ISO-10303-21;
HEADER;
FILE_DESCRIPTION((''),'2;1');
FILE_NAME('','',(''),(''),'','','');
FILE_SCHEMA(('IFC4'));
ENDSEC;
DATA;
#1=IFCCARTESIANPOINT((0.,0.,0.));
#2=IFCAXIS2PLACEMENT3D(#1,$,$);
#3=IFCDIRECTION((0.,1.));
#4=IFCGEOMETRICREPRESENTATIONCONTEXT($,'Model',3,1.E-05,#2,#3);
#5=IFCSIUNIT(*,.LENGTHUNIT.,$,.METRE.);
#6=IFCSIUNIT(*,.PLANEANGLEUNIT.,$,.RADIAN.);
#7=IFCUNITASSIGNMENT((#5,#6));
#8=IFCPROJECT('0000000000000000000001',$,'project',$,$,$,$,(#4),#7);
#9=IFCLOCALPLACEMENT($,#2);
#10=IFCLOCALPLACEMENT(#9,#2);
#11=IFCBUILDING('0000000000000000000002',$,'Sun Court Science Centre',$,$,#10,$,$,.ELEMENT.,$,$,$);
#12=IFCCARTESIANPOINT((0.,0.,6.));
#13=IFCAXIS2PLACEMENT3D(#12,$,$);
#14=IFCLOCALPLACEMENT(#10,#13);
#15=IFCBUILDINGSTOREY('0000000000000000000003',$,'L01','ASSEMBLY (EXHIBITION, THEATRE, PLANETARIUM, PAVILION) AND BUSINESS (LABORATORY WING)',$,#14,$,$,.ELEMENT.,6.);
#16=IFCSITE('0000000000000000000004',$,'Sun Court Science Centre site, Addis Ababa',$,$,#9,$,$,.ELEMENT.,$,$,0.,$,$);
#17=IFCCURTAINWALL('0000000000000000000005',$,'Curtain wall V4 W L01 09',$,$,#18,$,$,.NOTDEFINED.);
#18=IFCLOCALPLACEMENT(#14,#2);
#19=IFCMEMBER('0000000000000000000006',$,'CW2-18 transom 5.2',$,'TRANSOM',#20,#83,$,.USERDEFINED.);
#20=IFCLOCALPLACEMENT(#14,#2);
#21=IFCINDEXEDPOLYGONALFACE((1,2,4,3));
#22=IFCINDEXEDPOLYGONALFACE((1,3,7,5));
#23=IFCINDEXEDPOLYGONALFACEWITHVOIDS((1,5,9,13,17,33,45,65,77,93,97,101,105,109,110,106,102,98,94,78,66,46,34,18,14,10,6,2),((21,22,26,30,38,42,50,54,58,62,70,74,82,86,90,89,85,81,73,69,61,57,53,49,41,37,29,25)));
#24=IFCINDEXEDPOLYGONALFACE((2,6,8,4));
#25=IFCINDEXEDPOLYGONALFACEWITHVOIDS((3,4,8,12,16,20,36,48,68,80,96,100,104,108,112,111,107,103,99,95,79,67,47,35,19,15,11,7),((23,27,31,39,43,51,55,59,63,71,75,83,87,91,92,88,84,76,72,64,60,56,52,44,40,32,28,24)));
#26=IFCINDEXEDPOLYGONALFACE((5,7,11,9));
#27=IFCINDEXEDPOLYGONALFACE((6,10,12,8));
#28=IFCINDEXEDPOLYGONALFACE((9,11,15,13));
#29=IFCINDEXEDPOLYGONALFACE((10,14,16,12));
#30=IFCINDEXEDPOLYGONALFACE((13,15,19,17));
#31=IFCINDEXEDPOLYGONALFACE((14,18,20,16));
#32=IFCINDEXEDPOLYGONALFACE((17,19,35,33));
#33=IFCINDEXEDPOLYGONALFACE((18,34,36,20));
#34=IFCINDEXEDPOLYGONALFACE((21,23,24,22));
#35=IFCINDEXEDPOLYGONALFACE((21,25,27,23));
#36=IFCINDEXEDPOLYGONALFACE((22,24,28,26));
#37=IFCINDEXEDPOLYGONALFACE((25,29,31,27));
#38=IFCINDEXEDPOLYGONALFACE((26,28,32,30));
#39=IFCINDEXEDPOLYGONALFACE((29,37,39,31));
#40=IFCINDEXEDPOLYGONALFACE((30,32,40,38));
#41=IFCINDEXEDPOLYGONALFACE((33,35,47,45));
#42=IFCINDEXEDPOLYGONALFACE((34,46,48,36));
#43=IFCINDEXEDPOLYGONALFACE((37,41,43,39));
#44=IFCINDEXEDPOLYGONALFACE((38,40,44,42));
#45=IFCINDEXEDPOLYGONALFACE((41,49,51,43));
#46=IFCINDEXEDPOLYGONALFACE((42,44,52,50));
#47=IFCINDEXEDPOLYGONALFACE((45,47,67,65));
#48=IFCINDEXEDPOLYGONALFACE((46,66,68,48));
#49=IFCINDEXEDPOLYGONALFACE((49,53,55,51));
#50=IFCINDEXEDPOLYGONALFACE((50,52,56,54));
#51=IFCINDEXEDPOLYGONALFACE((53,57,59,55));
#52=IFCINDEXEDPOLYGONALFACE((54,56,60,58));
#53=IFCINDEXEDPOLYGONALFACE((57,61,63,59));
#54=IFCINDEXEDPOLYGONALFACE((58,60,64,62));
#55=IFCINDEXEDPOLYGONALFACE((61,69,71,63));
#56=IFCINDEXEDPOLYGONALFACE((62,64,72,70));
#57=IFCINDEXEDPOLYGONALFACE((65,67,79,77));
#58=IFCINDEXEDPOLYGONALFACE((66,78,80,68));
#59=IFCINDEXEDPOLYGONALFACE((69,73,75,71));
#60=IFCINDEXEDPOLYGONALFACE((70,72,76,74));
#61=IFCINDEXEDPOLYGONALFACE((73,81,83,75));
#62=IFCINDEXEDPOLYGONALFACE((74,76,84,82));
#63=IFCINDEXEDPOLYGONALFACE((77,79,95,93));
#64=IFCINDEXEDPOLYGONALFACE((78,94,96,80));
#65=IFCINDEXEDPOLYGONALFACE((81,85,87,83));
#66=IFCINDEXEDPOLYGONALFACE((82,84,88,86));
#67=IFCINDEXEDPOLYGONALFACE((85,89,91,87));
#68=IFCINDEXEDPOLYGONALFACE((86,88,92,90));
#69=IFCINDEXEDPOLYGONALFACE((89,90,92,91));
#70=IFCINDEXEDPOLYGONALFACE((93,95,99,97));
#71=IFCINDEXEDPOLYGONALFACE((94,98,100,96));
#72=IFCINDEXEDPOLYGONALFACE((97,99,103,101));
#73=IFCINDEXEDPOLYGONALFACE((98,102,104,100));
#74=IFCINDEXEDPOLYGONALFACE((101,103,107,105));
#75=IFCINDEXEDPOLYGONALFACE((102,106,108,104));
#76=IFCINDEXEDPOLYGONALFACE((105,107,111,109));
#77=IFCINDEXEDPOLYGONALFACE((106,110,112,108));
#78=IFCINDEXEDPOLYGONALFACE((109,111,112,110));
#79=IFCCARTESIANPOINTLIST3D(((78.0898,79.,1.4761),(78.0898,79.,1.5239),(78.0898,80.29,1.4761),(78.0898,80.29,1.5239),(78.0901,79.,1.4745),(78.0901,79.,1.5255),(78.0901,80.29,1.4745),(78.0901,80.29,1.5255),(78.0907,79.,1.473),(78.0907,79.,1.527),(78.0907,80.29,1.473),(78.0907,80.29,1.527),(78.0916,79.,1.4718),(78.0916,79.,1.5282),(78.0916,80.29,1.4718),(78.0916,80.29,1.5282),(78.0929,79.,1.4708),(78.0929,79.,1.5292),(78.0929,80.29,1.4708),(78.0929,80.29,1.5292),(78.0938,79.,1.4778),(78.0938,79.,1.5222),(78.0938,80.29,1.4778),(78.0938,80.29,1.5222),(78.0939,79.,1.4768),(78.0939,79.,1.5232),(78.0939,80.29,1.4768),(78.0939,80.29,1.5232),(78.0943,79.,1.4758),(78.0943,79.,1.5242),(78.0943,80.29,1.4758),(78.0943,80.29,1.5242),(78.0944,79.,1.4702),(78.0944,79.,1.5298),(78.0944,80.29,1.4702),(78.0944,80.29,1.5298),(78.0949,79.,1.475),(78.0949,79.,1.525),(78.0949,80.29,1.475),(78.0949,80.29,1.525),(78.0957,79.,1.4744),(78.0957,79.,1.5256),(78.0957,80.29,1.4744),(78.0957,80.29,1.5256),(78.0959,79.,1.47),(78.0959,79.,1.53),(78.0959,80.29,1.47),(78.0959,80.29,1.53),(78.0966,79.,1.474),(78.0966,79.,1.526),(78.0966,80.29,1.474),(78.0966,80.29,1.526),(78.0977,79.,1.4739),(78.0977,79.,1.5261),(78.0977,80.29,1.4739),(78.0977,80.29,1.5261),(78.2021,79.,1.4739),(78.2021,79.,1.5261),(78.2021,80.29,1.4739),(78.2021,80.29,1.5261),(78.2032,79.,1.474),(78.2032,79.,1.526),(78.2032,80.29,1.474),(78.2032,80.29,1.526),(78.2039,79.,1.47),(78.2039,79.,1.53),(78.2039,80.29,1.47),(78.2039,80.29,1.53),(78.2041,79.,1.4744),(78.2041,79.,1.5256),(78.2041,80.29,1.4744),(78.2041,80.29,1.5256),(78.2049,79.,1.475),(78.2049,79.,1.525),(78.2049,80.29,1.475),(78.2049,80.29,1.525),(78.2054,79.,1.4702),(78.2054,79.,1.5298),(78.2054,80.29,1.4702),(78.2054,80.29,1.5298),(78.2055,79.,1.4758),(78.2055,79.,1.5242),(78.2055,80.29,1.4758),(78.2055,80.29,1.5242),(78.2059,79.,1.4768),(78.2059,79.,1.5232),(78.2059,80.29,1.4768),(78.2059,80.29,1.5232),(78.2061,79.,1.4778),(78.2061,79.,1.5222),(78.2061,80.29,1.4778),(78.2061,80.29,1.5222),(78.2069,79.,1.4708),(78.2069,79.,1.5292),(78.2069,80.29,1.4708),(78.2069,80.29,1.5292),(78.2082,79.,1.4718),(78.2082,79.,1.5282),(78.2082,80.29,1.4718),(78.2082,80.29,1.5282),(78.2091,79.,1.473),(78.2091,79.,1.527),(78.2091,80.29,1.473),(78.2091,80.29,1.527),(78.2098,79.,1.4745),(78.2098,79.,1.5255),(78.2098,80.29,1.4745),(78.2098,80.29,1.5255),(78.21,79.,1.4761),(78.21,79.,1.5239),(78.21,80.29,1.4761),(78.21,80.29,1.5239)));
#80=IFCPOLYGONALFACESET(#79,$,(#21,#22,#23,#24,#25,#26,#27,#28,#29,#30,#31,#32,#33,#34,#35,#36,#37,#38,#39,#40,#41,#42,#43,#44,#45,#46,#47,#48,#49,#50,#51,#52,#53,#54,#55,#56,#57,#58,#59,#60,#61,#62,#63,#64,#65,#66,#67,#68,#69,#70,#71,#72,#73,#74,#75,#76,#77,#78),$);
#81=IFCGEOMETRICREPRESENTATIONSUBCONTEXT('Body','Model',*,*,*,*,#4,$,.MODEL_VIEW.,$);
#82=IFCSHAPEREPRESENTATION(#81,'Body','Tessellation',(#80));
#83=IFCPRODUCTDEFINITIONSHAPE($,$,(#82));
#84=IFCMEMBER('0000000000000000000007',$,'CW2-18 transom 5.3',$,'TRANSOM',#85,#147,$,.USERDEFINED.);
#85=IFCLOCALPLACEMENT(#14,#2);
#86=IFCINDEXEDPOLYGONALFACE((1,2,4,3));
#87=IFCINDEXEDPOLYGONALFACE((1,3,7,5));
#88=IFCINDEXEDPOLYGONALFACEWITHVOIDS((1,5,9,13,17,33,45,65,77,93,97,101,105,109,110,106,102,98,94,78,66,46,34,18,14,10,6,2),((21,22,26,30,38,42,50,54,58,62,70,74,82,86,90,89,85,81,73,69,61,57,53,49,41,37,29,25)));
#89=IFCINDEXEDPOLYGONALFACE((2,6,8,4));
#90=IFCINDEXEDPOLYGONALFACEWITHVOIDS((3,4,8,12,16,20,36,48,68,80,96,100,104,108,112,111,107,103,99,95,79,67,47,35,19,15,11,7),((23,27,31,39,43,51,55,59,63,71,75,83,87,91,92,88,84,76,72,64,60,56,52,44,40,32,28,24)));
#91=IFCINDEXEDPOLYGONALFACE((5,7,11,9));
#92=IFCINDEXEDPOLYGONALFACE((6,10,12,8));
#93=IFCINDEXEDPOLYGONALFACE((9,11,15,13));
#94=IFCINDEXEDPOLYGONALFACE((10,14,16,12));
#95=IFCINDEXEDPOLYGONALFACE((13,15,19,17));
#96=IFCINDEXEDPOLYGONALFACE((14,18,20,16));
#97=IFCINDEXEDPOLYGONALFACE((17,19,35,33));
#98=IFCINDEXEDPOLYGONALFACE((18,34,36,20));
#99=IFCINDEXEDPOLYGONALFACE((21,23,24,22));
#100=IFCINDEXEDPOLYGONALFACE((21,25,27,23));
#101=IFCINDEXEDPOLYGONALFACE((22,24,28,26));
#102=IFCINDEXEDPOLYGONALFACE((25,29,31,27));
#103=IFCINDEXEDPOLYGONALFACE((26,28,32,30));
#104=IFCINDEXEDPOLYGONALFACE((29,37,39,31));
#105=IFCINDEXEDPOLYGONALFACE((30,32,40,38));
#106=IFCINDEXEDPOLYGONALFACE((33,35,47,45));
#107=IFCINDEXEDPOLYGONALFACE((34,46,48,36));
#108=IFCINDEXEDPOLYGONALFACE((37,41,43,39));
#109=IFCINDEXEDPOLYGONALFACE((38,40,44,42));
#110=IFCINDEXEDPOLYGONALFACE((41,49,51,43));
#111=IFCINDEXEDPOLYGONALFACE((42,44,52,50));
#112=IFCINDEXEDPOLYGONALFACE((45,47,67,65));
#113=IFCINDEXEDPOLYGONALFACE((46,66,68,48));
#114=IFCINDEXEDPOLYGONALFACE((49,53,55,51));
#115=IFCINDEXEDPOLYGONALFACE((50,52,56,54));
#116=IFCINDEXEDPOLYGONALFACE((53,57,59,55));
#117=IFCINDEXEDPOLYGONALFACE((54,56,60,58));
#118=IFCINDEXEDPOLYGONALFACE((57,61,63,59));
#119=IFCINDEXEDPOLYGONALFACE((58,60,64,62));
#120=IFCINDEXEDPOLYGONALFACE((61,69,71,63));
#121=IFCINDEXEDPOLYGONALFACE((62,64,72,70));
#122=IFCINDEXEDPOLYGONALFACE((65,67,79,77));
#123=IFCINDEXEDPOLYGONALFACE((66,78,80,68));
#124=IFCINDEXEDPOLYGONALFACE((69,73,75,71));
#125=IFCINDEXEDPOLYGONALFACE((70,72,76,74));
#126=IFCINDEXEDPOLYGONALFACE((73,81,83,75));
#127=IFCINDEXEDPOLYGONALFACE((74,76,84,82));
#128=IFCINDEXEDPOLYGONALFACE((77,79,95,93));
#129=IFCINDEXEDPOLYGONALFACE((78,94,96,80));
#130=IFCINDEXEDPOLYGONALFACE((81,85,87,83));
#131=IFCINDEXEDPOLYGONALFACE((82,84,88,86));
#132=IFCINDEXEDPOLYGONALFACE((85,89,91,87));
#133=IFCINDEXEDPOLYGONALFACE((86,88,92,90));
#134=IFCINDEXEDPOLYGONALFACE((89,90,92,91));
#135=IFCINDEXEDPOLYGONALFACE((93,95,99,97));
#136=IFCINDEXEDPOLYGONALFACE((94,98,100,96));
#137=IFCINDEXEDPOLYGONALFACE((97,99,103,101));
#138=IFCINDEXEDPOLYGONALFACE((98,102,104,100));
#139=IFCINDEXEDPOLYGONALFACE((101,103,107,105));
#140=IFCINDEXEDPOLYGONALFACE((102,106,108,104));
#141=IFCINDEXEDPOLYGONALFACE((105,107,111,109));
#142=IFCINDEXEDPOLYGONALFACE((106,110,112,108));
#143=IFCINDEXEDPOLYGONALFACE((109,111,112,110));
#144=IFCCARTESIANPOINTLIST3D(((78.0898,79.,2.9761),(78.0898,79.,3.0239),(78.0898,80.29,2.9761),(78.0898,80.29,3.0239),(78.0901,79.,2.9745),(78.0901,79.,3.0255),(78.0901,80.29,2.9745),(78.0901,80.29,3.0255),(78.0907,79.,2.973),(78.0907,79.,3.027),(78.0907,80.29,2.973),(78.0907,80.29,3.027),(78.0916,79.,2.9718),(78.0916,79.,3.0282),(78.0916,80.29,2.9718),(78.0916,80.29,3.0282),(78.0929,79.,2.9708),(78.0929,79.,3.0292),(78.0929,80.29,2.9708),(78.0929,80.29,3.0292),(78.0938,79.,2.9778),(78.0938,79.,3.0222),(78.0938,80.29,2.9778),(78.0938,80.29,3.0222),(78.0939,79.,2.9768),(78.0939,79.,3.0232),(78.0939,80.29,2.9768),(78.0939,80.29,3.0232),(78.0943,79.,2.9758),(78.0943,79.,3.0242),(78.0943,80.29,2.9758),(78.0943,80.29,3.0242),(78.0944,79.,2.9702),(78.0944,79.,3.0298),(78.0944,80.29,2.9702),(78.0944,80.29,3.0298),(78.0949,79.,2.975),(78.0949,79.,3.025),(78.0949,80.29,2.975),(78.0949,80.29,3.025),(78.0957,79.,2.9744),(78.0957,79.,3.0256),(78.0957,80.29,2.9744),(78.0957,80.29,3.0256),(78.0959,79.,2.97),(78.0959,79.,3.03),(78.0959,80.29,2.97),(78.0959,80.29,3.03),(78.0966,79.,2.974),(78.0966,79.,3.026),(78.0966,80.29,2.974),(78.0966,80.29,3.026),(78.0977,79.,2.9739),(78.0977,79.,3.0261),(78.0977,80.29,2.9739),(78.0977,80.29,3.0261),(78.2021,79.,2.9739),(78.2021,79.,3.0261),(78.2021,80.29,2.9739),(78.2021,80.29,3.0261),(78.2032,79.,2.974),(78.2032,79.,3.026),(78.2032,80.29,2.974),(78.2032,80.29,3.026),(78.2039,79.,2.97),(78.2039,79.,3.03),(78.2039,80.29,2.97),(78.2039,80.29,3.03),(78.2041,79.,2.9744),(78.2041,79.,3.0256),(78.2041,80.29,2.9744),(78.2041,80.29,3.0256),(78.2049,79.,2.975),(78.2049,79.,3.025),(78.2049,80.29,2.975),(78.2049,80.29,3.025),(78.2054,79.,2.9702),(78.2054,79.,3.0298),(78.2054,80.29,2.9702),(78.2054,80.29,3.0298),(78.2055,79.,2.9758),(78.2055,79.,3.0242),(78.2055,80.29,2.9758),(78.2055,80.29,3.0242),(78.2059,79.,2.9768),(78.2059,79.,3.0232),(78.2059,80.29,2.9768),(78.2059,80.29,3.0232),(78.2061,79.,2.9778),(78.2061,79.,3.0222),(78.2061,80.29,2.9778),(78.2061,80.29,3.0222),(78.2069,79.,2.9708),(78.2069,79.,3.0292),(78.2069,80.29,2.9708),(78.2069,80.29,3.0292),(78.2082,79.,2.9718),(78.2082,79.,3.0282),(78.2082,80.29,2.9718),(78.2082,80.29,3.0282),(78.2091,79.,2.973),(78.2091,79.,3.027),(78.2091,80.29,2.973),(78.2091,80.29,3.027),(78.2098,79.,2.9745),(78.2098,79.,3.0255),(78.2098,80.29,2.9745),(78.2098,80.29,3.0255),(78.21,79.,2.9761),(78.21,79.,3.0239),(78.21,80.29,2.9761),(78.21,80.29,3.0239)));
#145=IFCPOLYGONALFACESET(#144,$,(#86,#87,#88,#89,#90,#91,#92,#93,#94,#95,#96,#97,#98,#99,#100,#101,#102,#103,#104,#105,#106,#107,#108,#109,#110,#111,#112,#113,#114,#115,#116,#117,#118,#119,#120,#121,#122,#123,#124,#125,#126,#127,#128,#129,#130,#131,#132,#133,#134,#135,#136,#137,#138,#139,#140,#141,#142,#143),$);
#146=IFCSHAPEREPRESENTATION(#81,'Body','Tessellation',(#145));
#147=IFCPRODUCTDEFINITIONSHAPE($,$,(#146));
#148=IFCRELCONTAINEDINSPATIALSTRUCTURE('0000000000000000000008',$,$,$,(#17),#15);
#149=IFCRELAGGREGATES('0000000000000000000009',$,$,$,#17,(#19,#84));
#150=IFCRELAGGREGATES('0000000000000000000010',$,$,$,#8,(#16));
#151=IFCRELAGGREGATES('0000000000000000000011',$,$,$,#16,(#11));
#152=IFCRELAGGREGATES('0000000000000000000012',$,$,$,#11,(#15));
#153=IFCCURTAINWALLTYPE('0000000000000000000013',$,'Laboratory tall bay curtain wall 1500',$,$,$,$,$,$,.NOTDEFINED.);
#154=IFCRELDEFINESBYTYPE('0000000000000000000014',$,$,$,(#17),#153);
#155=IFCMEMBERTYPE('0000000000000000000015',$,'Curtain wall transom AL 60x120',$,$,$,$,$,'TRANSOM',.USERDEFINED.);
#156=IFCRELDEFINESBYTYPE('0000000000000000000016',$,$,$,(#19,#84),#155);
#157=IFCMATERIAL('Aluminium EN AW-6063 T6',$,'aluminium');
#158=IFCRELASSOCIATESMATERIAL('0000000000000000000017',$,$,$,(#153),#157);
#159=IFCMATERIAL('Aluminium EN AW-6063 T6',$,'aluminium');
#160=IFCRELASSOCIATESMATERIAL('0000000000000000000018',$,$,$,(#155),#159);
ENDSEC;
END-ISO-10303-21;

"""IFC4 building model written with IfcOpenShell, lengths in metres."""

from ifc_helpers import new_model, si_unit, direction, frame, origin, origin_2d, place, context, subcontext, project, spatial, hollow_rectangle, extrude, material, material_profile, profile_set, type_object, element, aggregate, save


model = new_model("IFC4")

# Units and contexts
model_context = context("Model", 3, precision=1e-05, world=origin(), true_north=direction((0.0, 1.0)))
body_context = subcontext(model_context, "Body", "Model", "MODEL_VIEW")
ifc_project = project(units=[si_unit("LENGTHUNIT", "METRE"), si_unit("PLANEANGLEUNIT", "RADIAN")], contexts=[model_context])

# Site, building, storey
site_placement = place(None, origin())
site = spatial("IfcSite", under=ifc_project, at=site_placement, Name="Sun Court Science Centre site, Addis Ababa", CompositionType="ELEMENT", RefElevation=0.0)
building_placement = place(site_placement, origin())
building = spatial("IfcBuilding", under=site, at=building_placement, Name="Sun Court Science Centre", CompositionType="ELEMENT")
storey_placement = place(building_placement, frame((0.0, 0.0, 6.0)))
storey = spatial("IfcBuildingStorey", under=building, at=storey_placement, Name="L01", Description="ASSEMBLY (EXHIBITION, THEATRE, PLANETARIUM, PAVILION) AND BUSINESS (LABORATORY WING)", CompositionType="ELEMENT", Elevation=6.0)

# Curtain wall
ifc_material_1 = material(Name="Aluminium EN AW-6063 T6", Category="aluminium")
curtain_wall_type = type_object("IfcCurtainWallType", Name="Laboratory tall bay curtain wall 1500", PredefinedType="NOTDEFINED", material=ifc_material_1)
curtain_wall_1_placement = place(storey_placement, origin())
curtain_wall_1 = element("IfcCurtainWall", 1, at=curtain_wall_1_placement, inside=storey, type_object=curtain_wall_type, Name="Curtain wall V4 W L01 09", PredefinedType="NOTDEFINED")

# Members
ifc_material_2 = material(Name="Aluminium EN AW-6063 T6", Category="aluminium")
ifc_material_profile_1 = material_profile(ifc_material_2, hollow_rectangle(XDim=0.0601, YDim=0.1201, WallThickness=0.0039, InnerFilletRadius=0.0039, OuterFilletRadius=0.0061, at=origin_2d()), Name="AL 60x120x4")
ifc_profile_set_1 = profile_set([ifc_material_profile_1], Name="Aluminium EN AW-6063 T6")
member_type_1 = type_object("IfcMemberType", Name="Curtain wall transom AL 60x120", ElementType="TRANSOM", PredefinedType="USERDEFINED", material=ifc_profile_set_1)
member_1_placement = place(storey_placement, frame((78.1499, 79.0, 1.5), z_axis=(0.0, 1.0, 0.0), x_axis=(0.0, 0.0, 1.0)))
member_1 = element("IfcMember", 2, at=member_1_placement, type_object=member_type_1, Name="CW2-18 transom 5.2", ObjectType="TRANSOM", PredefinedType="USERDEFINED", context=body_context, shape_type="SweptSolid", body=[
    extrude(hollow_rectangle(XDim=0.0601, YDim=0.1201, WallThickness=0.0039, InnerFilletRadius=0.0039, OuterFilletRadius=0.0061, at=origin_2d()), origin(), (0.0, 0.0, 1.0), 1.29),
])
member_2_placement = place(storey_placement, frame((78.1499, 79.0, 3.0), z_axis=(0.0, 1.0, 0.0), x_axis=(0.0, 0.0, 1.0)))
member_2 = element("IfcMember", 3, at=member_2_placement, type_object=member_type_1, Name="CW2-18 transom 5.3", ObjectType="TRANSOM", PredefinedType="USERDEFINED", context=body_context, shape_type="SweptSolid", body=[
    extrude(hollow_rectangle(XDim=0.0601, YDim=0.1201, WallThickness=0.0039, InnerFilletRadius=0.0039, OuterFilletRadius=0.0061, at=origin_2d()), origin(), (0.0, 0.0, 1.0), 1.29),
])

aggregate(curtain_wall_1, [member_1, member_2])

save(model, "model.ifc")
